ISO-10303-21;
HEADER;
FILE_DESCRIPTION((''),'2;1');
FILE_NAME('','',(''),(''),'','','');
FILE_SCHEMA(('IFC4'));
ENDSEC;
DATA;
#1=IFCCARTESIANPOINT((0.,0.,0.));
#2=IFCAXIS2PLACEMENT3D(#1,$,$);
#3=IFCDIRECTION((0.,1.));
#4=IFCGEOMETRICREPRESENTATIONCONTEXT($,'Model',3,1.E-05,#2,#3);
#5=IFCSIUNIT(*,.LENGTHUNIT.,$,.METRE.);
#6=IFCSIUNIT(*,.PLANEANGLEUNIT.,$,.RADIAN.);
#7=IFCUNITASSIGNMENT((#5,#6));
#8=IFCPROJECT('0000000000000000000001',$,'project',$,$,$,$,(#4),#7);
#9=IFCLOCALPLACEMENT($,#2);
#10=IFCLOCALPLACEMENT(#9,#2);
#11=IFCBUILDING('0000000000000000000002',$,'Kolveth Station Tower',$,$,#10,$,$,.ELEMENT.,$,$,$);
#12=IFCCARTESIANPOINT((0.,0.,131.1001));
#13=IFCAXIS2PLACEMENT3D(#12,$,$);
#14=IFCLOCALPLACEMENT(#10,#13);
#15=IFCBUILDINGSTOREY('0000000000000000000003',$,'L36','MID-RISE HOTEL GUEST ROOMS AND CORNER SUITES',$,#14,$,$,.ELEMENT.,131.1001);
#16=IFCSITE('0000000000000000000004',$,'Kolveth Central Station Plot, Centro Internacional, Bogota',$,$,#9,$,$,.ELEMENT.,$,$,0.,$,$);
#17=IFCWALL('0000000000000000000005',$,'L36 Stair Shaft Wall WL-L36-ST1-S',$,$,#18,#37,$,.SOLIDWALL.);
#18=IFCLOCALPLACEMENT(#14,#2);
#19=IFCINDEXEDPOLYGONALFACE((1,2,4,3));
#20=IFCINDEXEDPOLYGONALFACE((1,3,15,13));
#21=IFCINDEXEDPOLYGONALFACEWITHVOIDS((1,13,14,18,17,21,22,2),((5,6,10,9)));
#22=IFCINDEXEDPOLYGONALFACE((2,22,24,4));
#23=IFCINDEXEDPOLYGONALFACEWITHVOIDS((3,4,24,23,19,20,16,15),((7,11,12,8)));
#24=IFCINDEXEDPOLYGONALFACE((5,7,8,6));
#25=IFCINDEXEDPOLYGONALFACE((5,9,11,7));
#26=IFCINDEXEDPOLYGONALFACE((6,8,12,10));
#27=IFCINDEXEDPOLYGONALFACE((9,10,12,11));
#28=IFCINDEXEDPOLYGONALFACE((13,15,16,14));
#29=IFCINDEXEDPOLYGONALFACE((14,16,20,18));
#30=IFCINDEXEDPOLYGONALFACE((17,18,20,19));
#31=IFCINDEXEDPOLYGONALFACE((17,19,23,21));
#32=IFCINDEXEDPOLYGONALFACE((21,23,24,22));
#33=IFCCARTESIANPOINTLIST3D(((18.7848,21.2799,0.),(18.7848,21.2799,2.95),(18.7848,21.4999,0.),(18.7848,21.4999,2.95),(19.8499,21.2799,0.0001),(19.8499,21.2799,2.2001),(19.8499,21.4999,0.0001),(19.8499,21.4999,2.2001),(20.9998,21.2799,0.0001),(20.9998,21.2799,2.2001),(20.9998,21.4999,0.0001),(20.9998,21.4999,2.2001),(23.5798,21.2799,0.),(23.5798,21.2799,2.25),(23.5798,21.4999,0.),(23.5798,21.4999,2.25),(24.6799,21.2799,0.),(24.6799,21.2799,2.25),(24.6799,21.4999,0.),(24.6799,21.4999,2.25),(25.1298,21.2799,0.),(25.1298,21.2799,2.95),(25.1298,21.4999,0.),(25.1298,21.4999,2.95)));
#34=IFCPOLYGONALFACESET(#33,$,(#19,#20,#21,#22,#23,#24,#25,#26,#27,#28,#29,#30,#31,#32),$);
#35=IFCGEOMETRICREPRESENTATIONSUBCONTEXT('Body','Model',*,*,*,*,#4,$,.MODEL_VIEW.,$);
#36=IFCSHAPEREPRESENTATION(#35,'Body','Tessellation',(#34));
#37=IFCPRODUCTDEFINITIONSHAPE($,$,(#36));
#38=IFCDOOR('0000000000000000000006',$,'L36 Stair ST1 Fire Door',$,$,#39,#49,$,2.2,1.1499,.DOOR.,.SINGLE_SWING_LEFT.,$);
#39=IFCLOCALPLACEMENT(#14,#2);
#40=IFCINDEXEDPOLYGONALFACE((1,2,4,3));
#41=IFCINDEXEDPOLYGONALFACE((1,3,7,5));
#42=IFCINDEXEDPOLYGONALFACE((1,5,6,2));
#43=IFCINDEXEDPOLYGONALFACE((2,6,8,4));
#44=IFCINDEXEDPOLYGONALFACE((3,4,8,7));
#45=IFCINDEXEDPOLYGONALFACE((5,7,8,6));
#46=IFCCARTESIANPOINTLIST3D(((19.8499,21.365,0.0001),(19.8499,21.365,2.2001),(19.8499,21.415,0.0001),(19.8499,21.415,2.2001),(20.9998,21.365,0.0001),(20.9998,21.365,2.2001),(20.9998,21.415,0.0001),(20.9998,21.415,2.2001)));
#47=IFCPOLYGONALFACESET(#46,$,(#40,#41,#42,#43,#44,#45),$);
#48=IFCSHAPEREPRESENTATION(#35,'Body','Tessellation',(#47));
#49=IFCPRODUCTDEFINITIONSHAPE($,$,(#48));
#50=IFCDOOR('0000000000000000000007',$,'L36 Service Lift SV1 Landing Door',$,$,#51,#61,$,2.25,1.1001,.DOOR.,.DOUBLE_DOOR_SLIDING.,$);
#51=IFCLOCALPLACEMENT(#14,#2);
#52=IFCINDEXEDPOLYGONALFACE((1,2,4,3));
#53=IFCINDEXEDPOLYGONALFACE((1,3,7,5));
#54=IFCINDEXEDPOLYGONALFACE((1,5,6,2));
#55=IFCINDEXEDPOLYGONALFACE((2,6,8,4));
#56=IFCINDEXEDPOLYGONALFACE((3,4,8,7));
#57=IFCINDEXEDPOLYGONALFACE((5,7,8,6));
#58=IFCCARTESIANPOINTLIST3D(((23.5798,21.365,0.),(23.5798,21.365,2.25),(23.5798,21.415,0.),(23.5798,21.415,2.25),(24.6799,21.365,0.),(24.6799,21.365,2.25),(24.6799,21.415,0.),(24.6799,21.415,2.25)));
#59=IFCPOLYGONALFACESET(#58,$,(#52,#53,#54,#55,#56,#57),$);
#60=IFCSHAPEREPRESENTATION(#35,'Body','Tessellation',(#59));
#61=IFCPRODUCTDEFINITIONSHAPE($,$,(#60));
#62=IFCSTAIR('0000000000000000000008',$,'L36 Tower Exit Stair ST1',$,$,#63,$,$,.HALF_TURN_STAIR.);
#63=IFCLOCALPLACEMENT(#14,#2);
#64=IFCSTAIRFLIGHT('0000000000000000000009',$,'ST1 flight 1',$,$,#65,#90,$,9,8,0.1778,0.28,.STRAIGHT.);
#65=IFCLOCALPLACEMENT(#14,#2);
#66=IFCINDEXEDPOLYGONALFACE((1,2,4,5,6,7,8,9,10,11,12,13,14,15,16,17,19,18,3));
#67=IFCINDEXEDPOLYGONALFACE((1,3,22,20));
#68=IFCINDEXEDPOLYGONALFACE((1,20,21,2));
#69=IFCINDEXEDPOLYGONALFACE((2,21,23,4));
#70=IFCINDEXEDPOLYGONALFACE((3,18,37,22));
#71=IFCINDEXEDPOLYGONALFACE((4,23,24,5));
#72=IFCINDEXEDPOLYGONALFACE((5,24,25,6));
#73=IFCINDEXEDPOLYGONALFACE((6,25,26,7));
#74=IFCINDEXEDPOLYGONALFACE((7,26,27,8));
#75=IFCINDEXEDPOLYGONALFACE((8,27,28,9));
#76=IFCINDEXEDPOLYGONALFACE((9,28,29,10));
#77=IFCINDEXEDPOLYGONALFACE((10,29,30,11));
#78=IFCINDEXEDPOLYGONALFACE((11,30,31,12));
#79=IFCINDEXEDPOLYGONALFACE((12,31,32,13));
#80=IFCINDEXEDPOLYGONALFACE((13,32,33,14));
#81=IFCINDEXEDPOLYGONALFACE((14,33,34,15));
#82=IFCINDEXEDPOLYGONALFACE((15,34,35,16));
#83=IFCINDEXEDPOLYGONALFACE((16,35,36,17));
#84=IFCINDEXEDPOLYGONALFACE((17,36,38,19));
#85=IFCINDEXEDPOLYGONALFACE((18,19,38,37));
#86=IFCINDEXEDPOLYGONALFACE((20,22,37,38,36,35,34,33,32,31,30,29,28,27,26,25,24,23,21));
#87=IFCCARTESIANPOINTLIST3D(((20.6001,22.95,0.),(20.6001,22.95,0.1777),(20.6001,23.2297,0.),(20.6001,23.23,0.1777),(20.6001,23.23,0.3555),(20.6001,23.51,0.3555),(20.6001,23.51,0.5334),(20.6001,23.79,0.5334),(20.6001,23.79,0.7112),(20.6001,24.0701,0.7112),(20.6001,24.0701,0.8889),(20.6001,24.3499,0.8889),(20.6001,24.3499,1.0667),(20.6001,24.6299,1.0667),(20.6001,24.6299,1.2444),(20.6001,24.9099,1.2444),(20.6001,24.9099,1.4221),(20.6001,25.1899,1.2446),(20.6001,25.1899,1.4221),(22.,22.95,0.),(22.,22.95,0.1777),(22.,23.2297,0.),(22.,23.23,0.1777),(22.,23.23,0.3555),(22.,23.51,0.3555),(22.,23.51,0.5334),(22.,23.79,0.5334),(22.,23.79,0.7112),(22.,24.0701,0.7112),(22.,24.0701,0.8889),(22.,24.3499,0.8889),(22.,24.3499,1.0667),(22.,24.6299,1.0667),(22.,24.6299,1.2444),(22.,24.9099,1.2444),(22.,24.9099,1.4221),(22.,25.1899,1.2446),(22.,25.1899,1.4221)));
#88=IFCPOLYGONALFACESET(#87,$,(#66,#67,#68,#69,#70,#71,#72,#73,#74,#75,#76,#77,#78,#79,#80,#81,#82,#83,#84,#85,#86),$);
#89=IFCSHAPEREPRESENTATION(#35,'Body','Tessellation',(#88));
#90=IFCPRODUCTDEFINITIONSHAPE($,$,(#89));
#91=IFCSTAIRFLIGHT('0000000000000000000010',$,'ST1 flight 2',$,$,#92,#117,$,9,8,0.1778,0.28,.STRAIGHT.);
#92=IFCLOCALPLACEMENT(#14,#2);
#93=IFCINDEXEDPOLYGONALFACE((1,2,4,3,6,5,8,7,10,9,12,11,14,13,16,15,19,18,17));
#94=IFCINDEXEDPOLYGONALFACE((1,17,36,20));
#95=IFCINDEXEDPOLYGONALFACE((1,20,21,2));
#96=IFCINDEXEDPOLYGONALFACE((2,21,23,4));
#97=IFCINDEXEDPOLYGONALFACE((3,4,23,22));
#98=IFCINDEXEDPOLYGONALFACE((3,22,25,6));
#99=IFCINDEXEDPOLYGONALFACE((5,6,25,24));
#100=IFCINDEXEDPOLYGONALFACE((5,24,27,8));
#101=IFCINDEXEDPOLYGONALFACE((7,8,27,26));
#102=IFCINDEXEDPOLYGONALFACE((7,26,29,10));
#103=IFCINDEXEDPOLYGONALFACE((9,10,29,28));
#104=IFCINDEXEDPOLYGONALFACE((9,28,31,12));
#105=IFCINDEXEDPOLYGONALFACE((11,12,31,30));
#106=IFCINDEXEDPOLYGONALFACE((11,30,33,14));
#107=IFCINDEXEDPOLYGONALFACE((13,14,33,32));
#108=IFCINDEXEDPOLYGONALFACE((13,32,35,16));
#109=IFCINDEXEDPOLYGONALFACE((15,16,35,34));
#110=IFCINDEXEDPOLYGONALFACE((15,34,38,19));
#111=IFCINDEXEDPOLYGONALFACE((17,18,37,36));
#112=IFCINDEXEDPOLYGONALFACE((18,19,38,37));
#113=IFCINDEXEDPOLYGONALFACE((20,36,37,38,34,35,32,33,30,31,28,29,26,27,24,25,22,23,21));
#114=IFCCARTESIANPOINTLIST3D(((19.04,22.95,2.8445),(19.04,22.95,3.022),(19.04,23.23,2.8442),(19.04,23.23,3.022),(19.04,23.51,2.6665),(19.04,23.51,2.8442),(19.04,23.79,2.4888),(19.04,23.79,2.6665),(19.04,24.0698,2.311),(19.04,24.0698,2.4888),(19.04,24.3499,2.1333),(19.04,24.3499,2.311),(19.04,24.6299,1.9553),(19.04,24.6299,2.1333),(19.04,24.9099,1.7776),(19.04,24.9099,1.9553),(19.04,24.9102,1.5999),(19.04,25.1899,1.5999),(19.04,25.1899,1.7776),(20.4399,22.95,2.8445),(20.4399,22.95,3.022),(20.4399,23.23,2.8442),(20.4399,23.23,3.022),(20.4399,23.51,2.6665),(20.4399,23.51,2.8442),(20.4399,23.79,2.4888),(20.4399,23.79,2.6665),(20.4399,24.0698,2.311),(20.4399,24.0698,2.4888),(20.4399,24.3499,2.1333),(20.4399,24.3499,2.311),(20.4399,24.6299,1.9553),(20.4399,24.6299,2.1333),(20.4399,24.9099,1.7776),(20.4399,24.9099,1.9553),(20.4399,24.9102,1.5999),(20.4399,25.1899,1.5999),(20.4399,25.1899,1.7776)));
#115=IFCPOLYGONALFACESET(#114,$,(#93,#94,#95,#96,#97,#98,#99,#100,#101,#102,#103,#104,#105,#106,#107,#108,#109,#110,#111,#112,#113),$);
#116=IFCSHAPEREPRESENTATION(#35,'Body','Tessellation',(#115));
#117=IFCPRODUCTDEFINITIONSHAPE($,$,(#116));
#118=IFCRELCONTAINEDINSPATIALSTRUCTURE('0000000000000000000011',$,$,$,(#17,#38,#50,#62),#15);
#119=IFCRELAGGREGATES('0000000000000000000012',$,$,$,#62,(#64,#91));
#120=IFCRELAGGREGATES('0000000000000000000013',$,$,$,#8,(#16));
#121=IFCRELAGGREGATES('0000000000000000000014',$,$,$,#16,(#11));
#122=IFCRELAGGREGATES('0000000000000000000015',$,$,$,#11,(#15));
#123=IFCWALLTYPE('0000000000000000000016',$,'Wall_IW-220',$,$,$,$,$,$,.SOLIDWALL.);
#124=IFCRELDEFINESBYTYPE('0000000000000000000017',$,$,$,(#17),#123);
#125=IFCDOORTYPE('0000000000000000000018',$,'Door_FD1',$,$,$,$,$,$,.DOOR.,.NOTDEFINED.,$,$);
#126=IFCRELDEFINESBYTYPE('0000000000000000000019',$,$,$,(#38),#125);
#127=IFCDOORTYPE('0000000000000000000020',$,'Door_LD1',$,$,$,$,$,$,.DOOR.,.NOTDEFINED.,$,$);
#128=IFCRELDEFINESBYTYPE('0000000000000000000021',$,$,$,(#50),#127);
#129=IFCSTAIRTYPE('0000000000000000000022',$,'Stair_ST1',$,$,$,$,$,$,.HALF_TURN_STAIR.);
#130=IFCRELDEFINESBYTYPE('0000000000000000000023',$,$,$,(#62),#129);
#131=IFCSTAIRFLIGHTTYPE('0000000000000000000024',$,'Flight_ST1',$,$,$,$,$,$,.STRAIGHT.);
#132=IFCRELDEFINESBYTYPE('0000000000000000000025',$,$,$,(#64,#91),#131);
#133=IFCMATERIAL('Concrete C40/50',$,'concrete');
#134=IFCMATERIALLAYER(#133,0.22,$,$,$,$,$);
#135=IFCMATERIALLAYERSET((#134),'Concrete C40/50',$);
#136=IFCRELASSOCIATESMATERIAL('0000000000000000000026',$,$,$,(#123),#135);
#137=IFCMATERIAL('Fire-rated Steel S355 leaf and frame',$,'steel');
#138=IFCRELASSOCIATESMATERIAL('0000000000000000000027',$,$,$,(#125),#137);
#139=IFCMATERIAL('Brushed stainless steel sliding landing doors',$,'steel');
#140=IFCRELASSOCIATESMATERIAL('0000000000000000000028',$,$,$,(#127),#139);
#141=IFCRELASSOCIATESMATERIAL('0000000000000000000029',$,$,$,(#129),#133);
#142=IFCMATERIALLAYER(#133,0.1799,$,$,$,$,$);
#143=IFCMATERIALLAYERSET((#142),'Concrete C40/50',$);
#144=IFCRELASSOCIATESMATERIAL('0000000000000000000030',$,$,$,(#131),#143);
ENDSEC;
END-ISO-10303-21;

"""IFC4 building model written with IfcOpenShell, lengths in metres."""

from ifc_helpers import new_model, si_unit, direction, frame, frame_2d, origin, place, context, subcontext, project, spatial, polyline, rectangle, outline, extrude, material, layer, layer_set, type_object, element, fill, aggregate, save


model = new_model("IFC4")

# Units and contexts
model_context = context("Model", 3, precision=1e-05, world=origin(), true_north=direction((0.0, 1.0)))
body_context = subcontext(model_context, "Body", "Model", "MODEL_VIEW")
ifc_project = project(units=[si_unit("LENGTHUNIT", "METRE"), si_unit("PLANEANGLEUNIT", "RADIAN")], contexts=[model_context])

# Site, building, storey
site_placement = place(None, origin())
site = spatial("IfcSite", under=ifc_project, at=site_placement, Name="Kolveth Central Station Plot, Centro Internacional, Bogota", CompositionType="ELEMENT", RefElevation=0.0)
building_placement = place(site_placement, origin())
building = spatial("IfcBuilding", under=site, at=building_placement, Name="Kolveth Station Tower", CompositionType="ELEMENT")
storey_placement = place(building_placement, frame((0.0, 0.0, 131.1001)))
storey = spatial("IfcBuildingStorey", under=building, at=storey_placement, Name="L36", Description="MID-RISE HOTEL GUEST ROOMS AND CORNER SUITES", CompositionType="ELEMENT", Elevation=131.1001)

# Shared definitions
ifc_material_1 = material(Name="Concrete C40/50", Category="concrete")
ifc_layer_1 = layer(ifc_material_1, 0.22)
ifc_layer_set_1 = layer_set([ifc_layer_1], Name="Concrete C40/50")
wall_type_1 = type_object("IfcWallType", Name="Wall_IW-220", PredefinedType="SOLIDWALL", material=ifc_layer_set_1)

# Wall, openings, doors
wall_1_placement = place(storey_placement, frame((18.7849, 21.3899, 0.0), z_axis=(0.0, 0.0, 1.0), x_axis=(1.0, 0.0, 0.0)))
wall_1 = element("IfcWall", 1, at=wall_1_placement, inside=storey, type_object=wall_type_1, Name="L36 Stair Shaft Wall WL-L36-ST1-S", PredefinedType="SOLIDWALL", context=body_context, shape_type="SweptSolid", body=[
    extrude(rectangle(XDim=6.345, YDim=0.22, at=frame_2d((3.1724, 0.0))), origin(), (0.0, 0.0, 1.0), 2.95),
])
opening_1_placement = place(wall_1_placement, frame((1.0649, 0.0, 0.0)))
opening_1 = element("IfcOpeningElement", 2, at=opening_1_placement, cuts=wall_1, PredefinedType="OPENING", context=body_context, shape_type="SweptSolid", body=[
    extrude(rectangle(XDim=1.1499, YDim=2.2, at=frame_2d((0.575, 1.1001))), frame((0.0, 0.1199, 0.0), z_axis=(0.0, -1.0, 0.0), x_axis=(1.0, 0.0, 0.0)), (0.0, 0.0, 1.0), 0.24),
])
opening_2_placement = place(wall_1_placement, frame((4.7949, 0.0, 0.0)))
opening_2 = element("IfcOpeningElement", 3, at=opening_2_placement, cuts=wall_1, PredefinedType="OPENING", context=body_context, shape_type="SweptSolid", body=[
    extrude(rectangle(XDim=1.1001, YDim=2.25, at=frame_2d((0.55, 1.125))), frame((0.0, 0.1199, 0.0), z_axis=(0.0, -1.0, 0.0), x_axis=(1.0, 0.0, 0.0)), (0.0, 0.0, 1.0), 0.24),
])
ifc_material_2 = material(Name="Fire-rated Steel S355 leaf and frame", Category="steel")
door_type_1 = type_object("IfcDoorType", Name="Door_FD1", OperationType="NOTDEFINED", PredefinedType="DOOR", material=ifc_material_2)
door_1_placement = place(opening_1_placement, frame((1.1499, 0.0, 0.0), z_axis=(0.0, 0.0, 1.0), x_axis=(-1.0, 0.0, 0.0)))
door_1 = element("IfcDoor", 4, at=door_1_placement, inside=storey, type_object=door_type_1, Name="L36 Stair ST1 Fire Door", OperationType="SINGLE_SWING_LEFT", OverallHeight=2.2, OverallWidth=1.1499, PredefinedType="DOOR", context=body_context, shape_type="SweptSolid", body=[
    extrude(rectangle(XDim=1.1499, YDim=2.2, at=frame_2d((0.575, 1.1001))), frame((0.0, 0.0249, 0.0), z_axis=(0.0, -1.0, 0.0), x_axis=(1.0, 0.0, 0.0)), (0.0, 0.0, 1.0), 0.05),
])
fill(opening_1, door_1)
ifc_material_3 = material(Name="Brushed stainless steel sliding landing doors", Category="steel")
door_type_2 = type_object("IfcDoorType", Name="Door_LD1", OperationType="NOTDEFINED", PredefinedType="DOOR", material=ifc_material_3)
door_2_placement = place(opening_2_placement, frame((1.1001, 0.0, 0.0), z_axis=(0.0, 0.0, 1.0), x_axis=(-1.0, 0.0, 0.0)))
door_2 = element("IfcDoor", 5, at=door_2_placement, inside=storey, type_object=door_type_2, Name="L36 Service Lift SV1 Landing Door", OperationType="DOUBLE_DOOR_SLIDING", OverallHeight=2.25, OverallWidth=1.1001, PredefinedType="DOOR", context=body_context, shape_type="SweptSolid", body=[
    extrude(rectangle(XDim=1.1001, YDim=2.25, at=frame_2d((0.55, 1.125))), frame((0.0, 0.0249, 0.0), z_axis=(0.0, -1.0, 0.0), x_axis=(1.0, 0.0, 0.0)), (0.0, 0.0, 1.0), 0.05),
])
fill(opening_2, door_2)

# Stair, stair flights
stair_type = type_object("IfcStairType", Name="Stair_ST1", PredefinedType="HALF_TURN_STAIR", material=ifc_material_1)
stair_placement = place(storey_placement, origin())
stair = element("IfcStair", 6, at=stair_placement, inside=storey, type_object=stair_type, Name="L36 Tower Exit Stair ST1", PredefinedType="HALF_TURN_STAIR")
ifc_layer_2 = layer(ifc_material_1, 0.1799)
ifc_layer_set_2 = layer_set([ifc_layer_2], Name="Concrete C40/50")
stair_flight_type = type_object("IfcStairFlightType", Name="Flight_ST1", PredefinedType="STRAIGHT", material=ifc_layer_set_2)
stair_flight_1_placement = place(storey_placement, frame((21.3, 22.95, 0.0), z_axis=(0.0, 0.0, 1.0), x_axis=(0.0, 1.0, 0.0)))
stair_flight_1 = element("IfcStairFlight", 7, at=stair_flight_1_placement, type_object=stair_flight_type, Name="ST1 flight 1", NumberOfRisers=9, NumberOfTreads=8, PredefinedType="STRAIGHT", RiserHeight=0.1778, TreadLength=0.28, context=body_context, shape_type="SweptSolid", body=[
    extrude(outline(polyline([(0.0, 0.0), (0.0, 0.1777), (0.28, 0.1777), (0.28, 0.3555), (0.5601, 0.3555), (0.5601, 0.5334), (0.8401, 0.5334), (0.8401, 0.7112), (1.1201, 0.7112), (1.1201, 0.8889), (1.3999, 0.8889), (1.3999, 1.0667), (1.6799, 1.0667), (1.6799, 1.2444), (1.96, 1.2444), (1.96, 1.4221), (2.24, 1.4221), (2.24, 1.6001), (2.24, 1.2446), (0.2798, 0.0), (0.0, 0.0)])), frame((0.0, 0.7, 0.0), z_axis=(0.0, -1.0, 0.0), x_axis=(1.0, 0.0, 0.0)), (0.0, 0.0, 1.0), 1.3999),
])
stair_flight_2_placement = place(storey_placement, frame((19.74, 25.1899, 1.5999), z_axis=(0.0, 0.0, 1.0), x_axis=(0.0, -1.0, 0.0)))
stair_flight_2 = element("IfcStairFlight", 8, at=stair_flight_2_placement, type_object=stair_flight_type, Name="ST1 flight 2", NumberOfRisers=9, NumberOfTreads=8, PredefinedType="STRAIGHT", RiserHeight=0.1778, TreadLength=0.28, context=body_context, shape_type="SweptSolid", body=[
    extrude(outline(polyline([(0.0, 0.0), (0.0, 0.1777), (0.28, 0.1777), (0.28, 0.3555), (0.5601, 0.3555), (0.5601, 0.5334), (0.8401, 0.5334), (0.8401, 0.7112), (1.1201, 0.7112), (1.1201, 0.8889), (1.3999, 0.8889), (1.3999, 1.0667), (1.6799, 1.0667), (1.6799, 1.2444), (1.96, 1.2444), (1.96, 1.4221), (2.24, 1.4221), (2.24, 1.6001), (2.24, 1.2446), (0.2798, 0.0), (0.0, 0.0)])), frame((0.0, 0.7, 0.0), z_axis=(0.0, -1.0, 0.0), x_axis=(1.0, 0.0, 0.0)), (0.0, 0.0, 1.0), 1.3999),
])
aggregate(stair, [stair_flight_1, stair_flight_2])

save(model, "model.ifc")
